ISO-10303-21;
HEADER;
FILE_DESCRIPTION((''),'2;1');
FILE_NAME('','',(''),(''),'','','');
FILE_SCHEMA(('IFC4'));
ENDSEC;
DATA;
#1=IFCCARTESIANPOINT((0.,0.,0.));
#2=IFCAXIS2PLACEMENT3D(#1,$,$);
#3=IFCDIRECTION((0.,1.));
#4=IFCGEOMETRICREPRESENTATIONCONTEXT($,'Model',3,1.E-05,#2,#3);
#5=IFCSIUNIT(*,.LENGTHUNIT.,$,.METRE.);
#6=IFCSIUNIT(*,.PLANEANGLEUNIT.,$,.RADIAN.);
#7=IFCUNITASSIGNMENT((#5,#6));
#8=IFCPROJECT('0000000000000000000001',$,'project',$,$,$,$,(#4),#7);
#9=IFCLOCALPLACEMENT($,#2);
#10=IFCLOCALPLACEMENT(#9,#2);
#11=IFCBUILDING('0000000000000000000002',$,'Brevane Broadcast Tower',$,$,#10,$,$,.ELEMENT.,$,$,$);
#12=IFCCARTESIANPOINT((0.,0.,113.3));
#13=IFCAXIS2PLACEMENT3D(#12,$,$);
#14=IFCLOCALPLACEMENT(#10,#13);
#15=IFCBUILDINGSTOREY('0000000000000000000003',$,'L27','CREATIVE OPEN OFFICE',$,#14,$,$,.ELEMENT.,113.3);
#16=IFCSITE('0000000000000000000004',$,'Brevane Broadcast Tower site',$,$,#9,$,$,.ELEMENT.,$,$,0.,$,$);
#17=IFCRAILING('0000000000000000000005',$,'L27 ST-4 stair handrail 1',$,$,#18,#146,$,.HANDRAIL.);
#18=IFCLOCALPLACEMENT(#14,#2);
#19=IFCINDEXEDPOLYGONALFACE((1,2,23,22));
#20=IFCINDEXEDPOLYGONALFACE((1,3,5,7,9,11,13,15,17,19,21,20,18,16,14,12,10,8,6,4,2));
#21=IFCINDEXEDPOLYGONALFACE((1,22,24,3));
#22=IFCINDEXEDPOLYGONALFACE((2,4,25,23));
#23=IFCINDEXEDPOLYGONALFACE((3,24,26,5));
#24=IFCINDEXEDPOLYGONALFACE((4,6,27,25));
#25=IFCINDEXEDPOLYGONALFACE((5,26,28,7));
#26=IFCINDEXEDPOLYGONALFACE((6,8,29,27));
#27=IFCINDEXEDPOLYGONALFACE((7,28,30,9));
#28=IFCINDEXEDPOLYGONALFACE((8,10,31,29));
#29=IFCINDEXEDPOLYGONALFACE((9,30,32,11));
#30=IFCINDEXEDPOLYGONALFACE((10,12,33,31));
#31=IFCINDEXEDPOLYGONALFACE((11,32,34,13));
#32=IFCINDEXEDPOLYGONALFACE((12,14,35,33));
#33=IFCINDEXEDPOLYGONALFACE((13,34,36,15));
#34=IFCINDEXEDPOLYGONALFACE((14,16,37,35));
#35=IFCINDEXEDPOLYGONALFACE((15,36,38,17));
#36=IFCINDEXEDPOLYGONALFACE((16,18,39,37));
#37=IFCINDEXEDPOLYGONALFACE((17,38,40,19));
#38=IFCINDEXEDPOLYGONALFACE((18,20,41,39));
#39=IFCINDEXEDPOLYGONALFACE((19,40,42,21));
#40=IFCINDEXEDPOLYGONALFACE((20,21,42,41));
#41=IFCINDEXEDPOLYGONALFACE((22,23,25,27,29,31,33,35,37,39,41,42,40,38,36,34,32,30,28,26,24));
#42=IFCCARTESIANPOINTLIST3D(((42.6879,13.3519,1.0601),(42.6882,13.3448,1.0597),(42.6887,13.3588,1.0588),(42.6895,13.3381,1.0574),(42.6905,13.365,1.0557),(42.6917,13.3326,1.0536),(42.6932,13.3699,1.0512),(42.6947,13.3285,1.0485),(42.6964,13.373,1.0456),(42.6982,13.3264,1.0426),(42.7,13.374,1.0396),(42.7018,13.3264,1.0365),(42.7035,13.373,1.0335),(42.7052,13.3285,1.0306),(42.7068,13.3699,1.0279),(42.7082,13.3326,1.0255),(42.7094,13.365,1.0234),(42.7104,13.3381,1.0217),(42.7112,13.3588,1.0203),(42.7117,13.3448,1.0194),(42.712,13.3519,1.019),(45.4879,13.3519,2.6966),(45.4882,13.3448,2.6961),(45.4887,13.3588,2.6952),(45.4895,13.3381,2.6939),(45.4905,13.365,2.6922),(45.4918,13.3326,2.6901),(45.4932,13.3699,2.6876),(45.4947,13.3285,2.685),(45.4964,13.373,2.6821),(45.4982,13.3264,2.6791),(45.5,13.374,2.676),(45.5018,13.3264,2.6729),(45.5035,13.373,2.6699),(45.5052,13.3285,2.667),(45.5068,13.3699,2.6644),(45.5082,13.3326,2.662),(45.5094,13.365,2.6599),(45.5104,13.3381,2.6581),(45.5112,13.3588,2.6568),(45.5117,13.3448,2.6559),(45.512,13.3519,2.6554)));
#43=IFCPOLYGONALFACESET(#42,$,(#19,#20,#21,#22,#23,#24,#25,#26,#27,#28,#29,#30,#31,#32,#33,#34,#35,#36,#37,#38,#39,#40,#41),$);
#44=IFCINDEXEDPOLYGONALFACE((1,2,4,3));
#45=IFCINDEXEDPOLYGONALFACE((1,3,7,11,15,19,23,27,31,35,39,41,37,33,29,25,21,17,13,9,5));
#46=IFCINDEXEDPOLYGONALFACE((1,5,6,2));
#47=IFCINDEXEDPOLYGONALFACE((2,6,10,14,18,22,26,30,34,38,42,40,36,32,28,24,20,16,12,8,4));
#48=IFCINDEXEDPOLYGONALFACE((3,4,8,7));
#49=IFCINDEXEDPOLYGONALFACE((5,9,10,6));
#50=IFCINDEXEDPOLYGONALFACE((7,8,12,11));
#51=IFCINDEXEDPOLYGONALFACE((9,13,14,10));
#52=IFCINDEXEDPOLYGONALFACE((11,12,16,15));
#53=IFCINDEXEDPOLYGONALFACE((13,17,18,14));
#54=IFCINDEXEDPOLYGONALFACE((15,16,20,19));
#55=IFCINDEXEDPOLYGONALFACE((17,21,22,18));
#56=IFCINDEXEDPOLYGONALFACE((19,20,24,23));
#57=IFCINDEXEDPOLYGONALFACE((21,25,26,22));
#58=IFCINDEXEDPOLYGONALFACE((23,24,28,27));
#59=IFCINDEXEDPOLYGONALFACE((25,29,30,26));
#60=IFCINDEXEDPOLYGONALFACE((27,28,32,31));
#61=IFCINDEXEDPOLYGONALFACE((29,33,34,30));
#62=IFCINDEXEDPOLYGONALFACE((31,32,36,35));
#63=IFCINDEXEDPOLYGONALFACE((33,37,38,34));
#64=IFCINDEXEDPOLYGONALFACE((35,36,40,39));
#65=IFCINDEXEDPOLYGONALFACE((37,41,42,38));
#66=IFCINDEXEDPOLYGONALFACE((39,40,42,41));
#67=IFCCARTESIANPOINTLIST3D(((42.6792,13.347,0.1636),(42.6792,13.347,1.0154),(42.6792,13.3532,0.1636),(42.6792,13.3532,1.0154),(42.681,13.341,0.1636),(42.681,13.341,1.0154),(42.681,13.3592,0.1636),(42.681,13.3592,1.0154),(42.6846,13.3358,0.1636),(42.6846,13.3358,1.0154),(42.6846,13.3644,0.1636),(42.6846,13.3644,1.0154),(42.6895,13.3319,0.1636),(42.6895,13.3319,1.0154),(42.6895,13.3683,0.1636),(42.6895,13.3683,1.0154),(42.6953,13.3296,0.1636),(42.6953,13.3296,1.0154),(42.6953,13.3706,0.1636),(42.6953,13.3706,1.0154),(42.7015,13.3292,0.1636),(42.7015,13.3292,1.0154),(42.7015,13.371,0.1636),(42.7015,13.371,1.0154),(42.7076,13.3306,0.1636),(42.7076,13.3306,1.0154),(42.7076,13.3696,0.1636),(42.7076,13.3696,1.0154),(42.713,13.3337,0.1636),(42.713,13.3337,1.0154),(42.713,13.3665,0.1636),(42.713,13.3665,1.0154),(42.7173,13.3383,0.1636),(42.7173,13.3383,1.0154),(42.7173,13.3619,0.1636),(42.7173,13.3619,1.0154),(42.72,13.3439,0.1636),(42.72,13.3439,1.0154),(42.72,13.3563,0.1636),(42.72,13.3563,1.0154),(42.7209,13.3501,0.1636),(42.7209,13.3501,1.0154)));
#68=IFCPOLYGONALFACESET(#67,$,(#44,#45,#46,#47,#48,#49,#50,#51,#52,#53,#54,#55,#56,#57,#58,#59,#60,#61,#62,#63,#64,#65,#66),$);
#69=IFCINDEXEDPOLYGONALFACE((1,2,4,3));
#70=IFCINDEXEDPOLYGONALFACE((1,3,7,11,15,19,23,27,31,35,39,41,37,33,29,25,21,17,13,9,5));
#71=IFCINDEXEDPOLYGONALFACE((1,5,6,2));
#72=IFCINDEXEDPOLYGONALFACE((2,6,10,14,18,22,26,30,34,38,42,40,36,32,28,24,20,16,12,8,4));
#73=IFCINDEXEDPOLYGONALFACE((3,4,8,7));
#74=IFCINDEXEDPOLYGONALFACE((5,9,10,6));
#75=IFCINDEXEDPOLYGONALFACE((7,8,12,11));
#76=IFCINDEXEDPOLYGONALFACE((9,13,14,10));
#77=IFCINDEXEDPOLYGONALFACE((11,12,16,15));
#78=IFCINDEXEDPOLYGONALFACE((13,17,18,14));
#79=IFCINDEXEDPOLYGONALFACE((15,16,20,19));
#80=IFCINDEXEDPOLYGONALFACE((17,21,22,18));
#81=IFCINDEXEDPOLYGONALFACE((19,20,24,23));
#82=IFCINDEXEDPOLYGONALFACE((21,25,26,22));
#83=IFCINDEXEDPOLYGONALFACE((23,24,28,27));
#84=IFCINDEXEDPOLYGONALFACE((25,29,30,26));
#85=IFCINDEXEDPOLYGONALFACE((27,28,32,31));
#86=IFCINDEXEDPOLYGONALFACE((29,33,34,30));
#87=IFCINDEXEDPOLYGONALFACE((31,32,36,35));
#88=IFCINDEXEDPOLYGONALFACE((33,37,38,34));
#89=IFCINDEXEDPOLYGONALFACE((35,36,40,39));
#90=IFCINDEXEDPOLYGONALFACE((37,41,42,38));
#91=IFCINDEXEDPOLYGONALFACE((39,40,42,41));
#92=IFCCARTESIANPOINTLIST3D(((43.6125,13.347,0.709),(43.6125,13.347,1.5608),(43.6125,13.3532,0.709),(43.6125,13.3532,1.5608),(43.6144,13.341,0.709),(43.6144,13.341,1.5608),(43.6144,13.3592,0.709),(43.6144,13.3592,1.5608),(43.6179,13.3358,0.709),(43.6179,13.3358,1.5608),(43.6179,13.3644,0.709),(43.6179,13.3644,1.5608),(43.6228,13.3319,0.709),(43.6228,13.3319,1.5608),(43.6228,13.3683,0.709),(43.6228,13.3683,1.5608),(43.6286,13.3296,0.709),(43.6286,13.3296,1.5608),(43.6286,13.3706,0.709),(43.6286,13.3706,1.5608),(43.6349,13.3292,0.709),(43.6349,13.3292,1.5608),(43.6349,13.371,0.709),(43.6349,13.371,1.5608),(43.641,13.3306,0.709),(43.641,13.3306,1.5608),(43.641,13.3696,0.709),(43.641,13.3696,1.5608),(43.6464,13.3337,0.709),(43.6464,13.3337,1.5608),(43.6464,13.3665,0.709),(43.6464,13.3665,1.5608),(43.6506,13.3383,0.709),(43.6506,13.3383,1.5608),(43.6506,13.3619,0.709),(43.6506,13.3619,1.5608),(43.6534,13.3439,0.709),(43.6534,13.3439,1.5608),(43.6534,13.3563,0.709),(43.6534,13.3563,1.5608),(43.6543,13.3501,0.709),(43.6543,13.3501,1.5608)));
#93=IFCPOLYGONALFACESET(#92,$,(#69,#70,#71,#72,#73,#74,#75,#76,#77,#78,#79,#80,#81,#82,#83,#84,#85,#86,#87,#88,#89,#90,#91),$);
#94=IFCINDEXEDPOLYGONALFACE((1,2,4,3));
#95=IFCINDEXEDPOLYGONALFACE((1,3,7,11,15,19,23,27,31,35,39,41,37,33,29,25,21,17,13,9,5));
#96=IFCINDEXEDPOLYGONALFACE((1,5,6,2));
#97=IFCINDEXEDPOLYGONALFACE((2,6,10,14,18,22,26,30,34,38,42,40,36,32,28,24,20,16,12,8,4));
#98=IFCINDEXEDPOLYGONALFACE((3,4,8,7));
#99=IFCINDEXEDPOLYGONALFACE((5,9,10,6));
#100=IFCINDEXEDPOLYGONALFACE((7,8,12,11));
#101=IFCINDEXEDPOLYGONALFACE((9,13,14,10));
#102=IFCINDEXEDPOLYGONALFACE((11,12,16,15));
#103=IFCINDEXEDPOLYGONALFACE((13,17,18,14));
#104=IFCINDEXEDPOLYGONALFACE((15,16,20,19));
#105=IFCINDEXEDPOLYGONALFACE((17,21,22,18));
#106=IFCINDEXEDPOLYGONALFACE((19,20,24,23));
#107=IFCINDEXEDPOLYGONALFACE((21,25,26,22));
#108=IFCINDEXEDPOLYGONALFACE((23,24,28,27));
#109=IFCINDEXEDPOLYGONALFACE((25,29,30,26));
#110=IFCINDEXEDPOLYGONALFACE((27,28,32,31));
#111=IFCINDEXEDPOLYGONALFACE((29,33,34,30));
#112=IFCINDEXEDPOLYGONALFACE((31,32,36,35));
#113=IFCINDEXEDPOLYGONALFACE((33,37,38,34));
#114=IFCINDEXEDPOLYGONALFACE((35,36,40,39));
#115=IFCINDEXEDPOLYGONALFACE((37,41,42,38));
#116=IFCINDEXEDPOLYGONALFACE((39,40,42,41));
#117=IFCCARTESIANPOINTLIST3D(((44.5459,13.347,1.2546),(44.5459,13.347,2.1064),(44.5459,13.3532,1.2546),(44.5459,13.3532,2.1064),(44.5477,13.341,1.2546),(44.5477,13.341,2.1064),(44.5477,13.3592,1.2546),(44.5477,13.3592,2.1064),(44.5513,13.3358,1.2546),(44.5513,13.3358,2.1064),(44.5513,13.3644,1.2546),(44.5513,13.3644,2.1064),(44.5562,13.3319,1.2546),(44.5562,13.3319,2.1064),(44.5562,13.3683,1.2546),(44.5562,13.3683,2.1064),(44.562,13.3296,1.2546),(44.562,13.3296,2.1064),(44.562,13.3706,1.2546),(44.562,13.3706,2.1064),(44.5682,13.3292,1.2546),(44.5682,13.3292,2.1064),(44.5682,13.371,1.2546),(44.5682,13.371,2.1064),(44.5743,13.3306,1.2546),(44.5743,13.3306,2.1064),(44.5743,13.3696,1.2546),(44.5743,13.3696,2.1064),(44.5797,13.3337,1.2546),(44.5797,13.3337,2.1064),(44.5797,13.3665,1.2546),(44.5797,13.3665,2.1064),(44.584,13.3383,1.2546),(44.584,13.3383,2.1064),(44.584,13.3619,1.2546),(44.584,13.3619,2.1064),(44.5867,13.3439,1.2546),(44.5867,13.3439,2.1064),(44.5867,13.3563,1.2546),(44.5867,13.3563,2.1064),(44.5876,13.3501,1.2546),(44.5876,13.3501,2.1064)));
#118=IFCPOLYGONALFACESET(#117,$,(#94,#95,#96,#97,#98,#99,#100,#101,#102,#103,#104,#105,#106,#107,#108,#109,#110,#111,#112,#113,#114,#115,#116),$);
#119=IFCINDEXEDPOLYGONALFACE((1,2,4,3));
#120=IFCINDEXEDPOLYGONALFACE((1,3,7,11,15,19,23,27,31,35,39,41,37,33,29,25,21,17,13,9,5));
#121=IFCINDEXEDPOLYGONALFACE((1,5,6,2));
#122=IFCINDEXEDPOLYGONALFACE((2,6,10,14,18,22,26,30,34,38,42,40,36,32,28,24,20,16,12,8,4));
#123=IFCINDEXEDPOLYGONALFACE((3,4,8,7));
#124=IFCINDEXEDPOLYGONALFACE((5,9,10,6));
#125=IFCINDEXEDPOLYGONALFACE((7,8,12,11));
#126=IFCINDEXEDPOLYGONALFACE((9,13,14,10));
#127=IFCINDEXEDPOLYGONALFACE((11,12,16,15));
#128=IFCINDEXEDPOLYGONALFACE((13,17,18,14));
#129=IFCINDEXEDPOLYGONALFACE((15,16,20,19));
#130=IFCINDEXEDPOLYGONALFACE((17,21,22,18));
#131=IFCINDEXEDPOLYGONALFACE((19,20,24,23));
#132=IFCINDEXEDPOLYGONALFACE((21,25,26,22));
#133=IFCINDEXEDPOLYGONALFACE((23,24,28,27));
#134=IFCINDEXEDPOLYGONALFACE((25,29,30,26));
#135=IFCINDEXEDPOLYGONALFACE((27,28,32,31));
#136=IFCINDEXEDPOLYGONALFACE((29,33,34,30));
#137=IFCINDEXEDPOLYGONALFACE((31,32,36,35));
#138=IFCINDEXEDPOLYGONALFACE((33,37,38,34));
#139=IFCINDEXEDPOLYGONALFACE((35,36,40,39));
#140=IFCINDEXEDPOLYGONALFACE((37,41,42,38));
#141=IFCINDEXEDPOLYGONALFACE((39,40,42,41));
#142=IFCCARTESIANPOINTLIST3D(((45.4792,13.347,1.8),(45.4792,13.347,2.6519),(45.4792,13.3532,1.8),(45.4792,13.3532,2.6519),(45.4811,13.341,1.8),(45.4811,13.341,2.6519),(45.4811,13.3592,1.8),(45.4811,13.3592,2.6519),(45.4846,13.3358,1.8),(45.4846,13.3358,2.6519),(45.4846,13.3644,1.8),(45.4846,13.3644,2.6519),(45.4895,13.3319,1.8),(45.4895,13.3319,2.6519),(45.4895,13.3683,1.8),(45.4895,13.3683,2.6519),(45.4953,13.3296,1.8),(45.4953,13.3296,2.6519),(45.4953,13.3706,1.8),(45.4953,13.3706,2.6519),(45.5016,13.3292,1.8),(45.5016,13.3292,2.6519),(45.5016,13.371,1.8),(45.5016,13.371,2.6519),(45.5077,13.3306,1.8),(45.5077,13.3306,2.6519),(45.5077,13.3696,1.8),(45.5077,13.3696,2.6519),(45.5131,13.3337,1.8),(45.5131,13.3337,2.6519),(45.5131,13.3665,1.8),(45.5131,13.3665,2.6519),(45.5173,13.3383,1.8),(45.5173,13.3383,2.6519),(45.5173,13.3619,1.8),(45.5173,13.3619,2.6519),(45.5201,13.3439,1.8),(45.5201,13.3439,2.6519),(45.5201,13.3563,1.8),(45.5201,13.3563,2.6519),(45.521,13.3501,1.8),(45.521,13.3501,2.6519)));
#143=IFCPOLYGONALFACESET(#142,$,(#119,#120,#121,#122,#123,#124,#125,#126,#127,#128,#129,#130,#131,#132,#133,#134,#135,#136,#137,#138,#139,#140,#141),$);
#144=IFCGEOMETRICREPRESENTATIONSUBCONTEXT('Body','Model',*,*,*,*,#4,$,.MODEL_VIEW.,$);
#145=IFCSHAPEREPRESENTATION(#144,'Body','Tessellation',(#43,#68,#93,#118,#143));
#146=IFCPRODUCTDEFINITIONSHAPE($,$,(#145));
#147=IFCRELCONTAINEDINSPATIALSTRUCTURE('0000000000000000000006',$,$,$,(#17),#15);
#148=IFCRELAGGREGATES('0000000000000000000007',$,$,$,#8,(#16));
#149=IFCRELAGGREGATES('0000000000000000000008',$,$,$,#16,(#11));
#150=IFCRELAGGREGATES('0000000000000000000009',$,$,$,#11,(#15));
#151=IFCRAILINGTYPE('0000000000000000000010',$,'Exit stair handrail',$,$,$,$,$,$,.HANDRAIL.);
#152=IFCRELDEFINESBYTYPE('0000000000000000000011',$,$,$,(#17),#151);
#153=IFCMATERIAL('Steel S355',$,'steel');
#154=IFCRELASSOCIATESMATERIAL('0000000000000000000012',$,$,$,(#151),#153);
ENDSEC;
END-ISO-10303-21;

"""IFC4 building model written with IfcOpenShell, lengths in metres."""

from ifc_helpers import new_model, si_unit, direction, frame, origin, origin_2d, place, context, subcontext, project, spatial, circle, extrude, material, type_object, element, save


model = new_model("IFC4")

# Units and contexts
model_context = context("Model", 3, precision=1e-05, world=origin(), true_north=direction((0.0, 1.0)))
body_context = subcontext(model_context, "Body", "Model", "MODEL_VIEW")
ifc_project = project(units=[si_unit("LENGTHUNIT", "METRE"), si_unit("PLANEANGLEUNIT", "RADIAN")], contexts=[model_context])

# Site, building, storey
site_placement = place(None, origin())
site = spatial("IfcSite", under=ifc_project, at=site_placement, Name="Brevane Broadcast Tower site", CompositionType="ELEMENT", RefElevation=0.0)
building_placement = place(site_placement, origin())
building = spatial("IfcBuilding", under=site, at=building_placement, Name="Brevane Broadcast Tower", CompositionType="ELEMENT")
storey_placement = place(building_placement, frame((0.0, 0.0, 113.3)))
storey = spatial("IfcBuildingStorey", under=building, at=storey_placement, Name="L27", Description="CREATIVE OPEN OFFICE", CompositionType="ELEMENT", Elevation=113.3)

# Railing
ifc_material_1 = material(Name="Steel S355", Category="steel")
railing_type_1 = type_object("IfcRailingType", Name="Exit stair handrail", PredefinedType="HANDRAIL", material=ifc_material_1)
railing_1_placement = place(storey_placement, frame((42.7, 13.3501, 0.1636)))
element("IfcRailing", 1, at=railing_1_placement, inside=storey, type_object=railing_type_1, Name="L27 ST-4 stair handrail 1", PredefinedType="HANDRAIL", context=body_context, shape_type="SweptSolid", body=[
    extrude(circle(Radius=0.0239, at=origin_2d()), frame((0.0, 0.0, 0.876), z_axis=(0.863361, 0.0, 0.504587), x_axis=(0.0, 1.0, 0.0)), (0.0, 0.0, 1.0), 3.2432),
    extrude(circle(Radius=0.021, at=origin_2d()), origin(), (0.0, 0.0, 1.0), 0.8518),
    extrude(circle(Radius=0.021, at=origin_2d()), frame((0.9333, 0.0, 0.5454)), (0.0, 0.0, 1.0), 0.8518),
    extrude(circle(Radius=0.021, at=origin_2d()), frame((1.8667, 0.0, 1.0911)), (0.0, 0.0, 1.0), 0.8518),
    extrude(circle(Radius=0.021, at=origin_2d()), frame((2.8, 0.0, 1.6365)), (0.0, 0.0, 1.0), 0.8518),
])

save(model, "model.ifc")
